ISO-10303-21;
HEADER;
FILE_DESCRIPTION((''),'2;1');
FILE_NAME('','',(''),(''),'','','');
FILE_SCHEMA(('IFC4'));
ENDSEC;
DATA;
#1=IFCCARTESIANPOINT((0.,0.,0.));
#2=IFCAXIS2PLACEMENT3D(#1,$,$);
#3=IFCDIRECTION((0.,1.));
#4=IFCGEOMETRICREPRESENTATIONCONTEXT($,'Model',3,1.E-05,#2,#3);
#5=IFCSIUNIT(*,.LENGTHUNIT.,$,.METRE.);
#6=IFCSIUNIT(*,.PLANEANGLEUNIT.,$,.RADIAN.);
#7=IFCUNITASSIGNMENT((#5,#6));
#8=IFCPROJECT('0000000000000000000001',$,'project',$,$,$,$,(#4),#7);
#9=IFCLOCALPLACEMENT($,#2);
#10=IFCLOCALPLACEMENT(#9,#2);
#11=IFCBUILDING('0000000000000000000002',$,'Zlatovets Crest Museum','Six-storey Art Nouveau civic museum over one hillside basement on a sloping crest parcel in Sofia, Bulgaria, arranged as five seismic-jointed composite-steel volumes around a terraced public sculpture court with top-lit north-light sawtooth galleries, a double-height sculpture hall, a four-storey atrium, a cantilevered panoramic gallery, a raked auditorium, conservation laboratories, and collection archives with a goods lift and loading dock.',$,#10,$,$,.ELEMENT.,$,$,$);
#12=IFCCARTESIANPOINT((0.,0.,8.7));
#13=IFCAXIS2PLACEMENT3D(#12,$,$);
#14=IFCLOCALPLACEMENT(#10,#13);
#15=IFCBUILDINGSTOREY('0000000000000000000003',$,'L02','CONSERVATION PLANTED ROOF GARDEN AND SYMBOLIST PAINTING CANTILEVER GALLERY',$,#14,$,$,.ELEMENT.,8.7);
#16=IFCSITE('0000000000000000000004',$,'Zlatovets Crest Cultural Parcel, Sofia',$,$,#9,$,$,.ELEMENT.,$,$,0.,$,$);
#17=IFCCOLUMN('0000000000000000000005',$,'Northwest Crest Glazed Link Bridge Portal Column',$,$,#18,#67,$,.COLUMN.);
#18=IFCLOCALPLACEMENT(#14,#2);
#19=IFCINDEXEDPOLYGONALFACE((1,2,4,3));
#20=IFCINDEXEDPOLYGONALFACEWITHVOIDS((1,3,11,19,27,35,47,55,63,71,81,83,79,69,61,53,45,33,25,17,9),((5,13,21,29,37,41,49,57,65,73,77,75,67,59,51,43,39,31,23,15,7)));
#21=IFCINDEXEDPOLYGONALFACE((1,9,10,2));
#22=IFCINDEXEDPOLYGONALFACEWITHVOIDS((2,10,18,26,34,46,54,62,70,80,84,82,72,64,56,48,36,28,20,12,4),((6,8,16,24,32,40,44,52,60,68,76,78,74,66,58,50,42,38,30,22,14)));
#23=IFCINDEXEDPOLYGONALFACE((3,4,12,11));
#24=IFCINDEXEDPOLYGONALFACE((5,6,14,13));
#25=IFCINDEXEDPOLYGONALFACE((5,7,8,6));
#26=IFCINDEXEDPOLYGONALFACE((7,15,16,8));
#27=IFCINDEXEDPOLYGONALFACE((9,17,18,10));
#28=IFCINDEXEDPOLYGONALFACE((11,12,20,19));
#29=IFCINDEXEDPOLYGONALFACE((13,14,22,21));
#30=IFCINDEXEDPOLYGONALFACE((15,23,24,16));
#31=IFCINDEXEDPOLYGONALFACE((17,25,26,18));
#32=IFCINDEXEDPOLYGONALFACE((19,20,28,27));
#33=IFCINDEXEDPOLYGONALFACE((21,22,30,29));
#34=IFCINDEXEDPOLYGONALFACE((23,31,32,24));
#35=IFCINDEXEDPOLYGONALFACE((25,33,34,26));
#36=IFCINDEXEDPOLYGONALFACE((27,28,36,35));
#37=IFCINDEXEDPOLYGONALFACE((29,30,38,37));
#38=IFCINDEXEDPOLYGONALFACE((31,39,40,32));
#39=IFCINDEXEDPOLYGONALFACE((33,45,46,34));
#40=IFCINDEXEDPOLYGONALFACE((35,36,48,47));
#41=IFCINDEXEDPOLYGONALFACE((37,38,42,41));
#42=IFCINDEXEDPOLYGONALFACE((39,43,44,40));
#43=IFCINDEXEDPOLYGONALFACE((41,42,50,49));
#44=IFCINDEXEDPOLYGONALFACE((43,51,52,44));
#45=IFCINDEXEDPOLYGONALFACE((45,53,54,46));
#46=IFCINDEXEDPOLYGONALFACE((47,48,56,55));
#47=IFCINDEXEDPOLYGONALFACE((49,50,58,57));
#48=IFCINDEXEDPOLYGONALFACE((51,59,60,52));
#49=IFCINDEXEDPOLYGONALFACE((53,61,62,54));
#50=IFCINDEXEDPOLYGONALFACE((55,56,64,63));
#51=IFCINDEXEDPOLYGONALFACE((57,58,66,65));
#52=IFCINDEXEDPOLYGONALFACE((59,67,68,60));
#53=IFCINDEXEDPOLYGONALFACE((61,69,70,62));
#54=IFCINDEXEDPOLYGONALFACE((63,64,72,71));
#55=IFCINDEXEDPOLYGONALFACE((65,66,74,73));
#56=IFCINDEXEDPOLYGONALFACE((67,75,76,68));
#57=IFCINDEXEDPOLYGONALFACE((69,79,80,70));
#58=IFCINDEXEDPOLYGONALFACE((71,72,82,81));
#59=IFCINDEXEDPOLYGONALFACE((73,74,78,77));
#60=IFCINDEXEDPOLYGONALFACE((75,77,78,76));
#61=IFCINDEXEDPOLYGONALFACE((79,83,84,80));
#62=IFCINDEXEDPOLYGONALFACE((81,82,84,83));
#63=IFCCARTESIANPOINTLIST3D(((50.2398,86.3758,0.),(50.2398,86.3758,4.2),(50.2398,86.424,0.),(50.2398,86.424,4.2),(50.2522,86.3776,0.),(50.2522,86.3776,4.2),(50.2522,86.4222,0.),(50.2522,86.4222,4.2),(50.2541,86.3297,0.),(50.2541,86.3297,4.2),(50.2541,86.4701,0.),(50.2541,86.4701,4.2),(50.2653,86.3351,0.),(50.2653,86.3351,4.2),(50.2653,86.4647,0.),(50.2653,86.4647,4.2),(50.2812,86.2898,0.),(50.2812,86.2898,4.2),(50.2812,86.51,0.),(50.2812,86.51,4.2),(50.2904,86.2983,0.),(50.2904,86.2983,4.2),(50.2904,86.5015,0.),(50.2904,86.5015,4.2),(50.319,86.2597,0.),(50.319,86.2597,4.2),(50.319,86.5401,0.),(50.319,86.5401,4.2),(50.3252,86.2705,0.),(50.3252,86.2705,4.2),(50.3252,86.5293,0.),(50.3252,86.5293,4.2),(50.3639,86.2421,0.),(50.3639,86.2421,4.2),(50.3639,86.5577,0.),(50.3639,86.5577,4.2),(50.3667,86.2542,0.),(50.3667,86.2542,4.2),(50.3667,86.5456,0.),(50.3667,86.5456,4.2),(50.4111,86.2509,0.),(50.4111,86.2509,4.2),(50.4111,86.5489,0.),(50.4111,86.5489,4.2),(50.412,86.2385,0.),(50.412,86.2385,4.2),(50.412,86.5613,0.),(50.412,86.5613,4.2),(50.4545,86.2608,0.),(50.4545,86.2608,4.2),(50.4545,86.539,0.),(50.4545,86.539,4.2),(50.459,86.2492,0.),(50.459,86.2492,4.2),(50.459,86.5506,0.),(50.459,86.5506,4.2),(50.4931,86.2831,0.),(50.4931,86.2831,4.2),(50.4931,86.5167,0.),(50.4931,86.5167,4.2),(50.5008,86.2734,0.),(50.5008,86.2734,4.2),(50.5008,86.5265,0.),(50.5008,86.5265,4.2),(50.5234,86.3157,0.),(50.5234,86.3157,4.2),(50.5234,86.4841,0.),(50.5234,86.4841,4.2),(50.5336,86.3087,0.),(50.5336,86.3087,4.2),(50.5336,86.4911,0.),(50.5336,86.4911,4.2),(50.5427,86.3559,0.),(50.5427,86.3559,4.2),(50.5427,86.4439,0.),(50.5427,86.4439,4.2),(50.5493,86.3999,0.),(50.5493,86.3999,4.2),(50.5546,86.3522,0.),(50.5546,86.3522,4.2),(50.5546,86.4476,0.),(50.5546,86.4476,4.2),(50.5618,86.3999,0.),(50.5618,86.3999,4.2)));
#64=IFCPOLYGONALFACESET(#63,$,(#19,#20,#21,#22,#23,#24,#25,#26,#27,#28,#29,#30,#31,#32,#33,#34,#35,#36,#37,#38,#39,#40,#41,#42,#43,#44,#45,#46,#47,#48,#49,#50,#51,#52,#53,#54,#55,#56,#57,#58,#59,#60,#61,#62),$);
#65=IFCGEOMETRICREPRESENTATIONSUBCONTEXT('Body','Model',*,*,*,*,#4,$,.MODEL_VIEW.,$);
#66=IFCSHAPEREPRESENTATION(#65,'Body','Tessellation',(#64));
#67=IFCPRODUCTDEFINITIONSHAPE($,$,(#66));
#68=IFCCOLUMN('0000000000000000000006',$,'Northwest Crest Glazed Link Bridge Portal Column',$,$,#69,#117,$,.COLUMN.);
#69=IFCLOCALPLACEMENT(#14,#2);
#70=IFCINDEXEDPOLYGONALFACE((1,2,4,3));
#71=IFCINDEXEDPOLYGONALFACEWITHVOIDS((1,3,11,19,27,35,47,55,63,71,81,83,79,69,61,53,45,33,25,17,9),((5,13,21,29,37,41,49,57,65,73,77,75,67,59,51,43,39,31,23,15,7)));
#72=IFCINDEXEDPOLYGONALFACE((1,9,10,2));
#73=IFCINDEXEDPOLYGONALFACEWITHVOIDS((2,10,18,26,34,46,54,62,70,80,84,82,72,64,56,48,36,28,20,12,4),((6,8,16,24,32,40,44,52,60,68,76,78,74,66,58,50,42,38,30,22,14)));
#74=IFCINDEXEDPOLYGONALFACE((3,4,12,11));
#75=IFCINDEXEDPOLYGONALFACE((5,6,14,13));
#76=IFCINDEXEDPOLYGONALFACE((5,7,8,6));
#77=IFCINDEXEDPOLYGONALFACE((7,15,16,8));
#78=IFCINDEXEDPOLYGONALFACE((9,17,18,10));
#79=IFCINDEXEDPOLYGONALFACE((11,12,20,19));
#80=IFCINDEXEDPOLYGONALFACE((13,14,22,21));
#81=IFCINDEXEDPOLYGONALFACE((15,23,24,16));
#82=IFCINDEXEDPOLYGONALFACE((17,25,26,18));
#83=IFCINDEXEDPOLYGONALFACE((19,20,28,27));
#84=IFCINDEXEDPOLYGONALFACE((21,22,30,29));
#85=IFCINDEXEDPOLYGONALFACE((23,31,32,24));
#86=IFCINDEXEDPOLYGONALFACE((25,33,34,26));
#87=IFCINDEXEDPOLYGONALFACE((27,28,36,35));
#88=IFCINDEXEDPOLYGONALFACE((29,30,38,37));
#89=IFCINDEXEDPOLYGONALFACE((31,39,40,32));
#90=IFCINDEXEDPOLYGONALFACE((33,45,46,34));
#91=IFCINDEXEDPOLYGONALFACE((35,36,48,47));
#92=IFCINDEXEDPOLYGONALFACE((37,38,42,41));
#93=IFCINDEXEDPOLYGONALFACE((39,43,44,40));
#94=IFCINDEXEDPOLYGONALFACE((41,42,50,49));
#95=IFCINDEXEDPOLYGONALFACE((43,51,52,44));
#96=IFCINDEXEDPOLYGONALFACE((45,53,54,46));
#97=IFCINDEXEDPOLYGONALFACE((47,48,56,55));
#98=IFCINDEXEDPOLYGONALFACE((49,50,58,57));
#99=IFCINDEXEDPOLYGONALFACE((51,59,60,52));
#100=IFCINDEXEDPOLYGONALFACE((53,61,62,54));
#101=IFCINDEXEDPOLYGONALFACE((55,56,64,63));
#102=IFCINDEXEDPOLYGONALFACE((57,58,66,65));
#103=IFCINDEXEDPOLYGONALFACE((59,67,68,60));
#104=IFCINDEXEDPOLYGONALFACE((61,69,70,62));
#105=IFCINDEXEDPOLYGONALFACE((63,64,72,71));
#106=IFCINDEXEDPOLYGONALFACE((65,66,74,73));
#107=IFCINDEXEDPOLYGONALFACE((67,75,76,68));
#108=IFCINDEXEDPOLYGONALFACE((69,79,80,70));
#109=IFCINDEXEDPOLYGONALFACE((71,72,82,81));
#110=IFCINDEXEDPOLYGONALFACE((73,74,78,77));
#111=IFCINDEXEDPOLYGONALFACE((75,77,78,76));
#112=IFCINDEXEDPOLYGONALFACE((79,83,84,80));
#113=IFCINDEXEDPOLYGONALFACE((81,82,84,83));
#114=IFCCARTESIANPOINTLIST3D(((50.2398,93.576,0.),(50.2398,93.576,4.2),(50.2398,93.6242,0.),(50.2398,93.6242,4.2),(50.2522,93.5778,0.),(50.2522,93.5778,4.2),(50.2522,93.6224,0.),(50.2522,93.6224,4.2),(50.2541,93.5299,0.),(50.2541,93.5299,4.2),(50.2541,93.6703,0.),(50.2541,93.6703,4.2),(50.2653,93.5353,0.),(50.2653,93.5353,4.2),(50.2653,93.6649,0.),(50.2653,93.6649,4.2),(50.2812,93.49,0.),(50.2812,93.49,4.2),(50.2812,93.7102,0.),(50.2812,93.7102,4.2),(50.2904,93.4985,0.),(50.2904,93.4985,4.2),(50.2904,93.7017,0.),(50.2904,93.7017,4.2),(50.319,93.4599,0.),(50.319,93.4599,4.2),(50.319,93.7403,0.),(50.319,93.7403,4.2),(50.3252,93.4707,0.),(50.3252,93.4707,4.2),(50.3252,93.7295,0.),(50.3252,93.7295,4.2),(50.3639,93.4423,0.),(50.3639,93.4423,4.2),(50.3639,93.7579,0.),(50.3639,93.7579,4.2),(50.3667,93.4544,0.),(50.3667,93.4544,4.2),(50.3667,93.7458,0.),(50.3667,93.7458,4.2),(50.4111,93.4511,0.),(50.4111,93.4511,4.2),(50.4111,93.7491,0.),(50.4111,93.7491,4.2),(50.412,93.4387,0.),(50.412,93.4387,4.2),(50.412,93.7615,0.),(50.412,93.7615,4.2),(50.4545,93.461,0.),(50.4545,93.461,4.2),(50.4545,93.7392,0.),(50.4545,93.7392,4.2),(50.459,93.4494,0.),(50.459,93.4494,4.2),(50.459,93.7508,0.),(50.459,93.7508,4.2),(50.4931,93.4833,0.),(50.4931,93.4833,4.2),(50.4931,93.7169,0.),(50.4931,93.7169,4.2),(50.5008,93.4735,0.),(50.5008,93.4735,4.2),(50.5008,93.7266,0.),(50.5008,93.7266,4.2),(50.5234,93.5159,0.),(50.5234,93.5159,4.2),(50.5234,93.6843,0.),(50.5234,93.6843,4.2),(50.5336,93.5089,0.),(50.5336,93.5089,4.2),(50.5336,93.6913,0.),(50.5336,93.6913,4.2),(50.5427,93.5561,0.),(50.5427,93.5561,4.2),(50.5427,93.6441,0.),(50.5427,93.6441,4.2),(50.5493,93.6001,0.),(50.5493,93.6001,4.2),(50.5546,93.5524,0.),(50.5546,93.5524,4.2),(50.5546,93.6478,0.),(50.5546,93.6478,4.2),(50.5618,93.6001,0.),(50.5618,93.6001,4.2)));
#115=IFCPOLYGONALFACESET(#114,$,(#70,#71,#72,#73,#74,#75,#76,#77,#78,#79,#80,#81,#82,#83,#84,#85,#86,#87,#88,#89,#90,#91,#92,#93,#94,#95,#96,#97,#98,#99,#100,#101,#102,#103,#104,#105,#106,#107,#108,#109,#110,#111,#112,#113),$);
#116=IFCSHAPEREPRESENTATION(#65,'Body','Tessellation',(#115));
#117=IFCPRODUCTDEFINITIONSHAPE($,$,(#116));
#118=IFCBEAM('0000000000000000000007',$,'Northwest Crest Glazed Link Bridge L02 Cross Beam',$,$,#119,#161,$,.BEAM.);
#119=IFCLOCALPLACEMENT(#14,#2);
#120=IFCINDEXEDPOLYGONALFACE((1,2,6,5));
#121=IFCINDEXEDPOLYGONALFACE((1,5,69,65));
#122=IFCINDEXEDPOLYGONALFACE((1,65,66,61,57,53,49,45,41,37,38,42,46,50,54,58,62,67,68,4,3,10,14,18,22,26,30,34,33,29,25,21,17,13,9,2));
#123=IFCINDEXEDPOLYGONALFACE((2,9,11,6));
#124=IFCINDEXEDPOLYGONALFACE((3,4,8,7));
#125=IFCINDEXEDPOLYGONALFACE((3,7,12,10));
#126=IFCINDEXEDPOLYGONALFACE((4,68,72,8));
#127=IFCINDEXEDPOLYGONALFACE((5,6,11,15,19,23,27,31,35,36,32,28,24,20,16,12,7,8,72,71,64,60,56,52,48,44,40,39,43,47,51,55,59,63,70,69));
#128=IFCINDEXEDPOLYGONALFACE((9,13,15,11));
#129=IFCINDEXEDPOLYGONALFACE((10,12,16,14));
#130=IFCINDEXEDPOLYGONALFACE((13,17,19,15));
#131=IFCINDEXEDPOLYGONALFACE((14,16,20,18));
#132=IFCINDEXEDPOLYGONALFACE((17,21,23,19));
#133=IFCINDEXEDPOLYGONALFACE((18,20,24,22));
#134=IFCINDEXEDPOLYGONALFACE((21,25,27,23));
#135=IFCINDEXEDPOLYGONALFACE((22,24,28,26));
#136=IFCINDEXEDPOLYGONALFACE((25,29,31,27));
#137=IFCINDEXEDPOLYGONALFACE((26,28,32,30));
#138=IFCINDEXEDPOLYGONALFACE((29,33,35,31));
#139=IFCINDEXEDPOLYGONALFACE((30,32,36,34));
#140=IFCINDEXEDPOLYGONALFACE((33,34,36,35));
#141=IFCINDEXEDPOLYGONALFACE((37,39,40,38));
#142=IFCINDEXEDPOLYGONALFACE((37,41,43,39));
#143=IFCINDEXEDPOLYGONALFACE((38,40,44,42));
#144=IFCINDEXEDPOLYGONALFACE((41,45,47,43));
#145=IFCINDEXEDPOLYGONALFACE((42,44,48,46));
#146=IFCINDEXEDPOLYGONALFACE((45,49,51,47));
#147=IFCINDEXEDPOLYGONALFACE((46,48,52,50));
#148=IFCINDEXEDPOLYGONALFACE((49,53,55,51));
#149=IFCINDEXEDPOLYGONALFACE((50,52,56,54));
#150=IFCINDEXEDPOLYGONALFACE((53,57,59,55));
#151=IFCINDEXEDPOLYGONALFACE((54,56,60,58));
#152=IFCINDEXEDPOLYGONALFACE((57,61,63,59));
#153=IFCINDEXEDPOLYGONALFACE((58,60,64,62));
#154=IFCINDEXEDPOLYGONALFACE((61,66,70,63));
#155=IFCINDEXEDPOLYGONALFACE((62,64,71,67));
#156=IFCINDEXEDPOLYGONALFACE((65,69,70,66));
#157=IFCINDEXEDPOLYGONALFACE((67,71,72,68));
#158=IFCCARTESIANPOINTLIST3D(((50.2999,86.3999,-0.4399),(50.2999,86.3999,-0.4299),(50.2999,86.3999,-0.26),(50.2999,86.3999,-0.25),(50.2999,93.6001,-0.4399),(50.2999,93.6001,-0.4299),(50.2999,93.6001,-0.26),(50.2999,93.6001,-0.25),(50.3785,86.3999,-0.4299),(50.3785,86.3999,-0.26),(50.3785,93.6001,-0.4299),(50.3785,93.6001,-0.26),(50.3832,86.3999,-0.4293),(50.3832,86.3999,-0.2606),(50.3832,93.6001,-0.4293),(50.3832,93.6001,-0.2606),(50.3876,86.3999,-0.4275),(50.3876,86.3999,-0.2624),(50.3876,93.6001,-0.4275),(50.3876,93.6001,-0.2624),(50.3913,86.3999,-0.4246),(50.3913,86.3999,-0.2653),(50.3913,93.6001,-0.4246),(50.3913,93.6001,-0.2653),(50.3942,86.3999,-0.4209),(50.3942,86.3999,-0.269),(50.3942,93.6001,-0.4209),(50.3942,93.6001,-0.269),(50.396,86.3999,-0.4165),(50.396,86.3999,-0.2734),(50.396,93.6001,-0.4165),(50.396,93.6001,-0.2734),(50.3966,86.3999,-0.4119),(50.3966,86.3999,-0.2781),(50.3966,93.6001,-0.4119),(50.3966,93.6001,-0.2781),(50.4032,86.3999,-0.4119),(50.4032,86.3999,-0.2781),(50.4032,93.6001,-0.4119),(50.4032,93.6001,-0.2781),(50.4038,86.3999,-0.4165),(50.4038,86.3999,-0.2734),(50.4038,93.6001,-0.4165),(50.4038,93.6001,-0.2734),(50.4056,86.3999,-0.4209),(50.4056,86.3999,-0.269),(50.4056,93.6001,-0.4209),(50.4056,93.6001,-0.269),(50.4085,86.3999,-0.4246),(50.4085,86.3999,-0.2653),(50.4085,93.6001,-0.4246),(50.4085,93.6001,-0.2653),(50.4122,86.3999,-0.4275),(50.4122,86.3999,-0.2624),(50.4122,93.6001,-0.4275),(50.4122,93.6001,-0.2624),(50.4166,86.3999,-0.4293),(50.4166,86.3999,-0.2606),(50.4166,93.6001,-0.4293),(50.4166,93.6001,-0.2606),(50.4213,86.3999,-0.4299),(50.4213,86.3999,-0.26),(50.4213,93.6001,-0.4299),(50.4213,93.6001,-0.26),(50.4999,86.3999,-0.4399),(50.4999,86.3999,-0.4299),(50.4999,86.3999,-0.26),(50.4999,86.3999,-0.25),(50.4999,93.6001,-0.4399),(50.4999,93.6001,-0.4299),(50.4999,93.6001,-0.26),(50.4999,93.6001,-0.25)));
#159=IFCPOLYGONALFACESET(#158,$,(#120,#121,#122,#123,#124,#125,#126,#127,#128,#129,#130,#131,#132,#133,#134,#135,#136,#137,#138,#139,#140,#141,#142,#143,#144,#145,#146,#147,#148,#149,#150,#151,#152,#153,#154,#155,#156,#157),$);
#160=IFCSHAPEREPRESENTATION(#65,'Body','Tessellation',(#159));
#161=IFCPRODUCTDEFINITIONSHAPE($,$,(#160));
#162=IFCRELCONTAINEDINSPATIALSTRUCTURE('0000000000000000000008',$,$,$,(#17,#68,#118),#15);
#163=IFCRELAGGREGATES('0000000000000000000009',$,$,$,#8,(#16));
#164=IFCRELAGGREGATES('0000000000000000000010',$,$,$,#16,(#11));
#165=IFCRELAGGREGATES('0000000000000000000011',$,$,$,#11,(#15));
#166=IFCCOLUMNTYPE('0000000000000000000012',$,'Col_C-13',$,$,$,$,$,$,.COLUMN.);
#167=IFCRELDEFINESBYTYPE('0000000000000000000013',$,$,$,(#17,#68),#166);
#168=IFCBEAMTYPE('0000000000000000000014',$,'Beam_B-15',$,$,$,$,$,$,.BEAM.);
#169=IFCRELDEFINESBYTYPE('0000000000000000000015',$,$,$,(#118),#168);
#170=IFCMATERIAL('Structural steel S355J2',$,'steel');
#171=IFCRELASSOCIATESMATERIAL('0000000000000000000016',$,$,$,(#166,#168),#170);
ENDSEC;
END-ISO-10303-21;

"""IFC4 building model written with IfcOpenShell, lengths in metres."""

from ifc_helpers import new_model, si_unit, direction, frame, origin, origin_2d, place, context, subcontext, project, spatial, hollow_circle, i_section, extrude, material, material_profile, profile_set, type_object, element, save


model = new_model("IFC4")

# Units and contexts
model_context = context("Model", 3, precision=1e-05, world=origin(), true_north=direction((0.0, 1.0)))
body_context = subcontext(model_context, "Body", "Model", "MODEL_VIEW")
ifc_project = project(units=[si_unit("LENGTHUNIT", "METRE"), si_unit("PLANEANGLEUNIT", "RADIAN")], contexts=[model_context])

# Site, building, storey
site_placement = place(None, origin())
site = spatial("IfcSite", under=ifc_project, at=site_placement, Name="Zlatovets Crest Cultural Parcel, Sofia", CompositionType="ELEMENT", RefElevation=0.0)
building_placement = place(site_placement, origin())
building = spatial("IfcBuilding", under=site, at=building_placement, Name="Zlatovets Crest Museum", Description="Six-storey Art Nouveau civic museum over one hillside basement on a sloping crest parcel in Sofia, Bulgaria, arranged as five seismic-jointed composite-steel volumes around a terraced public sculpture court with top-lit north-light sawtooth galleries, a double-height sculpture hall, a four-storey atrium, a cantilevered panoramic gallery, a raked auditorium, conservation laboratories, and collection archives with a goods lift and loading dock.", CompositionType="ELEMENT")
storey_placement = place(building_placement, frame((0.0, 0.0, 8.7)))
storey = spatial("IfcBuildingStorey", under=building, at=storey_placement, Name="L02", Description="CONSERVATION PLANTED ROOF GARDEN AND SYMBOLIST PAINTING CANTILEVER GALLERY", CompositionType="ELEMENT", Elevation=8.7)

# Columns
ifc_material_1 = material(Name="Structural steel S355J2", Category="steel")
ifc_material_profile_1 = material_profile(ifc_material_1, hollow_circle(Radius=0.1619, WallThickness=0.0125, at=origin_2d()), Name="CHS 323.9x12.5")
ifc_profile_set_1 = profile_set([ifc_material_profile_1], Name="Structural steel S355J2")
column_type = type_object("IfcColumnType", Name="Col_C-13", PredefinedType="COLUMN", material=ifc_profile_set_1)
for number, where, z_axis, x_axis, name in (
    (1, (50.3999, 86.3999, 0.0), (0.0, 0.0, 1.0), (1.0, 0.0, 0.0), "Northwest Crest Glazed Link Bridge Portal Column"),
    (2, (50.3999, 93.6001, 0.0), (0.0, 0.0, 1.0), (1.0, 0.0, 0.0), "Northwest Crest Glazed Link Bridge Portal Column"),
):
    element("IfcColumn", number, at=place(storey_placement, frame(where, z_axis=z_axis, x_axis=x_axis)), inside=storey, type_object=column_type, Name=name, PredefinedType="COLUMN", context=body_context, shape_type="SweptSolid", body=[
        extrude(hollow_circle(Radius=0.1619, WallThickness=0.0125, at=origin_2d()), origin(), (0.0, 0.0, 1.0), 4.2),
    ])

# Beam
ifc_material_profile_2 = material_profile(ifc_material_1, i_section(OverallWidth=0.2, OverallDepth=0.1899, WebThickness=0.0066, FlangeThickness=0.01, FilletRadius=0.0181, at=origin_2d()), Name="HEA 200")
ifc_profile_set_2 = profile_set([ifc_material_profile_2], Name="Structural steel S355J2")
beam_type_1 = type_object("IfcBeamType", Name="Beam_B-15", PredefinedType="BEAM", material=ifc_profile_set_2)
beam_placement = place(storey_placement, frame((50.3999, 86.3999, -0.345), z_axis=(0.0, 1.0, 0.0), x_axis=(-1.0, 0.0, 0.0)))
element("IfcBeam", 3, at=beam_placement, inside=storey, type_object=beam_type_1, Name="Northwest Crest Glazed Link Bridge L02 Cross Beam", PredefinedType="BEAM", context=body_context, shape_type="SweptSolid", body=[
    extrude(i_section(OverallWidth=0.2, OverallDepth=0.1899, WebThickness=0.0066, FlangeThickness=0.01, FilletRadius=0.0181, at=origin_2d()), origin(), (0.0, 0.0, 1.0), 7.2002),
])

save(model, "model.ifc")
